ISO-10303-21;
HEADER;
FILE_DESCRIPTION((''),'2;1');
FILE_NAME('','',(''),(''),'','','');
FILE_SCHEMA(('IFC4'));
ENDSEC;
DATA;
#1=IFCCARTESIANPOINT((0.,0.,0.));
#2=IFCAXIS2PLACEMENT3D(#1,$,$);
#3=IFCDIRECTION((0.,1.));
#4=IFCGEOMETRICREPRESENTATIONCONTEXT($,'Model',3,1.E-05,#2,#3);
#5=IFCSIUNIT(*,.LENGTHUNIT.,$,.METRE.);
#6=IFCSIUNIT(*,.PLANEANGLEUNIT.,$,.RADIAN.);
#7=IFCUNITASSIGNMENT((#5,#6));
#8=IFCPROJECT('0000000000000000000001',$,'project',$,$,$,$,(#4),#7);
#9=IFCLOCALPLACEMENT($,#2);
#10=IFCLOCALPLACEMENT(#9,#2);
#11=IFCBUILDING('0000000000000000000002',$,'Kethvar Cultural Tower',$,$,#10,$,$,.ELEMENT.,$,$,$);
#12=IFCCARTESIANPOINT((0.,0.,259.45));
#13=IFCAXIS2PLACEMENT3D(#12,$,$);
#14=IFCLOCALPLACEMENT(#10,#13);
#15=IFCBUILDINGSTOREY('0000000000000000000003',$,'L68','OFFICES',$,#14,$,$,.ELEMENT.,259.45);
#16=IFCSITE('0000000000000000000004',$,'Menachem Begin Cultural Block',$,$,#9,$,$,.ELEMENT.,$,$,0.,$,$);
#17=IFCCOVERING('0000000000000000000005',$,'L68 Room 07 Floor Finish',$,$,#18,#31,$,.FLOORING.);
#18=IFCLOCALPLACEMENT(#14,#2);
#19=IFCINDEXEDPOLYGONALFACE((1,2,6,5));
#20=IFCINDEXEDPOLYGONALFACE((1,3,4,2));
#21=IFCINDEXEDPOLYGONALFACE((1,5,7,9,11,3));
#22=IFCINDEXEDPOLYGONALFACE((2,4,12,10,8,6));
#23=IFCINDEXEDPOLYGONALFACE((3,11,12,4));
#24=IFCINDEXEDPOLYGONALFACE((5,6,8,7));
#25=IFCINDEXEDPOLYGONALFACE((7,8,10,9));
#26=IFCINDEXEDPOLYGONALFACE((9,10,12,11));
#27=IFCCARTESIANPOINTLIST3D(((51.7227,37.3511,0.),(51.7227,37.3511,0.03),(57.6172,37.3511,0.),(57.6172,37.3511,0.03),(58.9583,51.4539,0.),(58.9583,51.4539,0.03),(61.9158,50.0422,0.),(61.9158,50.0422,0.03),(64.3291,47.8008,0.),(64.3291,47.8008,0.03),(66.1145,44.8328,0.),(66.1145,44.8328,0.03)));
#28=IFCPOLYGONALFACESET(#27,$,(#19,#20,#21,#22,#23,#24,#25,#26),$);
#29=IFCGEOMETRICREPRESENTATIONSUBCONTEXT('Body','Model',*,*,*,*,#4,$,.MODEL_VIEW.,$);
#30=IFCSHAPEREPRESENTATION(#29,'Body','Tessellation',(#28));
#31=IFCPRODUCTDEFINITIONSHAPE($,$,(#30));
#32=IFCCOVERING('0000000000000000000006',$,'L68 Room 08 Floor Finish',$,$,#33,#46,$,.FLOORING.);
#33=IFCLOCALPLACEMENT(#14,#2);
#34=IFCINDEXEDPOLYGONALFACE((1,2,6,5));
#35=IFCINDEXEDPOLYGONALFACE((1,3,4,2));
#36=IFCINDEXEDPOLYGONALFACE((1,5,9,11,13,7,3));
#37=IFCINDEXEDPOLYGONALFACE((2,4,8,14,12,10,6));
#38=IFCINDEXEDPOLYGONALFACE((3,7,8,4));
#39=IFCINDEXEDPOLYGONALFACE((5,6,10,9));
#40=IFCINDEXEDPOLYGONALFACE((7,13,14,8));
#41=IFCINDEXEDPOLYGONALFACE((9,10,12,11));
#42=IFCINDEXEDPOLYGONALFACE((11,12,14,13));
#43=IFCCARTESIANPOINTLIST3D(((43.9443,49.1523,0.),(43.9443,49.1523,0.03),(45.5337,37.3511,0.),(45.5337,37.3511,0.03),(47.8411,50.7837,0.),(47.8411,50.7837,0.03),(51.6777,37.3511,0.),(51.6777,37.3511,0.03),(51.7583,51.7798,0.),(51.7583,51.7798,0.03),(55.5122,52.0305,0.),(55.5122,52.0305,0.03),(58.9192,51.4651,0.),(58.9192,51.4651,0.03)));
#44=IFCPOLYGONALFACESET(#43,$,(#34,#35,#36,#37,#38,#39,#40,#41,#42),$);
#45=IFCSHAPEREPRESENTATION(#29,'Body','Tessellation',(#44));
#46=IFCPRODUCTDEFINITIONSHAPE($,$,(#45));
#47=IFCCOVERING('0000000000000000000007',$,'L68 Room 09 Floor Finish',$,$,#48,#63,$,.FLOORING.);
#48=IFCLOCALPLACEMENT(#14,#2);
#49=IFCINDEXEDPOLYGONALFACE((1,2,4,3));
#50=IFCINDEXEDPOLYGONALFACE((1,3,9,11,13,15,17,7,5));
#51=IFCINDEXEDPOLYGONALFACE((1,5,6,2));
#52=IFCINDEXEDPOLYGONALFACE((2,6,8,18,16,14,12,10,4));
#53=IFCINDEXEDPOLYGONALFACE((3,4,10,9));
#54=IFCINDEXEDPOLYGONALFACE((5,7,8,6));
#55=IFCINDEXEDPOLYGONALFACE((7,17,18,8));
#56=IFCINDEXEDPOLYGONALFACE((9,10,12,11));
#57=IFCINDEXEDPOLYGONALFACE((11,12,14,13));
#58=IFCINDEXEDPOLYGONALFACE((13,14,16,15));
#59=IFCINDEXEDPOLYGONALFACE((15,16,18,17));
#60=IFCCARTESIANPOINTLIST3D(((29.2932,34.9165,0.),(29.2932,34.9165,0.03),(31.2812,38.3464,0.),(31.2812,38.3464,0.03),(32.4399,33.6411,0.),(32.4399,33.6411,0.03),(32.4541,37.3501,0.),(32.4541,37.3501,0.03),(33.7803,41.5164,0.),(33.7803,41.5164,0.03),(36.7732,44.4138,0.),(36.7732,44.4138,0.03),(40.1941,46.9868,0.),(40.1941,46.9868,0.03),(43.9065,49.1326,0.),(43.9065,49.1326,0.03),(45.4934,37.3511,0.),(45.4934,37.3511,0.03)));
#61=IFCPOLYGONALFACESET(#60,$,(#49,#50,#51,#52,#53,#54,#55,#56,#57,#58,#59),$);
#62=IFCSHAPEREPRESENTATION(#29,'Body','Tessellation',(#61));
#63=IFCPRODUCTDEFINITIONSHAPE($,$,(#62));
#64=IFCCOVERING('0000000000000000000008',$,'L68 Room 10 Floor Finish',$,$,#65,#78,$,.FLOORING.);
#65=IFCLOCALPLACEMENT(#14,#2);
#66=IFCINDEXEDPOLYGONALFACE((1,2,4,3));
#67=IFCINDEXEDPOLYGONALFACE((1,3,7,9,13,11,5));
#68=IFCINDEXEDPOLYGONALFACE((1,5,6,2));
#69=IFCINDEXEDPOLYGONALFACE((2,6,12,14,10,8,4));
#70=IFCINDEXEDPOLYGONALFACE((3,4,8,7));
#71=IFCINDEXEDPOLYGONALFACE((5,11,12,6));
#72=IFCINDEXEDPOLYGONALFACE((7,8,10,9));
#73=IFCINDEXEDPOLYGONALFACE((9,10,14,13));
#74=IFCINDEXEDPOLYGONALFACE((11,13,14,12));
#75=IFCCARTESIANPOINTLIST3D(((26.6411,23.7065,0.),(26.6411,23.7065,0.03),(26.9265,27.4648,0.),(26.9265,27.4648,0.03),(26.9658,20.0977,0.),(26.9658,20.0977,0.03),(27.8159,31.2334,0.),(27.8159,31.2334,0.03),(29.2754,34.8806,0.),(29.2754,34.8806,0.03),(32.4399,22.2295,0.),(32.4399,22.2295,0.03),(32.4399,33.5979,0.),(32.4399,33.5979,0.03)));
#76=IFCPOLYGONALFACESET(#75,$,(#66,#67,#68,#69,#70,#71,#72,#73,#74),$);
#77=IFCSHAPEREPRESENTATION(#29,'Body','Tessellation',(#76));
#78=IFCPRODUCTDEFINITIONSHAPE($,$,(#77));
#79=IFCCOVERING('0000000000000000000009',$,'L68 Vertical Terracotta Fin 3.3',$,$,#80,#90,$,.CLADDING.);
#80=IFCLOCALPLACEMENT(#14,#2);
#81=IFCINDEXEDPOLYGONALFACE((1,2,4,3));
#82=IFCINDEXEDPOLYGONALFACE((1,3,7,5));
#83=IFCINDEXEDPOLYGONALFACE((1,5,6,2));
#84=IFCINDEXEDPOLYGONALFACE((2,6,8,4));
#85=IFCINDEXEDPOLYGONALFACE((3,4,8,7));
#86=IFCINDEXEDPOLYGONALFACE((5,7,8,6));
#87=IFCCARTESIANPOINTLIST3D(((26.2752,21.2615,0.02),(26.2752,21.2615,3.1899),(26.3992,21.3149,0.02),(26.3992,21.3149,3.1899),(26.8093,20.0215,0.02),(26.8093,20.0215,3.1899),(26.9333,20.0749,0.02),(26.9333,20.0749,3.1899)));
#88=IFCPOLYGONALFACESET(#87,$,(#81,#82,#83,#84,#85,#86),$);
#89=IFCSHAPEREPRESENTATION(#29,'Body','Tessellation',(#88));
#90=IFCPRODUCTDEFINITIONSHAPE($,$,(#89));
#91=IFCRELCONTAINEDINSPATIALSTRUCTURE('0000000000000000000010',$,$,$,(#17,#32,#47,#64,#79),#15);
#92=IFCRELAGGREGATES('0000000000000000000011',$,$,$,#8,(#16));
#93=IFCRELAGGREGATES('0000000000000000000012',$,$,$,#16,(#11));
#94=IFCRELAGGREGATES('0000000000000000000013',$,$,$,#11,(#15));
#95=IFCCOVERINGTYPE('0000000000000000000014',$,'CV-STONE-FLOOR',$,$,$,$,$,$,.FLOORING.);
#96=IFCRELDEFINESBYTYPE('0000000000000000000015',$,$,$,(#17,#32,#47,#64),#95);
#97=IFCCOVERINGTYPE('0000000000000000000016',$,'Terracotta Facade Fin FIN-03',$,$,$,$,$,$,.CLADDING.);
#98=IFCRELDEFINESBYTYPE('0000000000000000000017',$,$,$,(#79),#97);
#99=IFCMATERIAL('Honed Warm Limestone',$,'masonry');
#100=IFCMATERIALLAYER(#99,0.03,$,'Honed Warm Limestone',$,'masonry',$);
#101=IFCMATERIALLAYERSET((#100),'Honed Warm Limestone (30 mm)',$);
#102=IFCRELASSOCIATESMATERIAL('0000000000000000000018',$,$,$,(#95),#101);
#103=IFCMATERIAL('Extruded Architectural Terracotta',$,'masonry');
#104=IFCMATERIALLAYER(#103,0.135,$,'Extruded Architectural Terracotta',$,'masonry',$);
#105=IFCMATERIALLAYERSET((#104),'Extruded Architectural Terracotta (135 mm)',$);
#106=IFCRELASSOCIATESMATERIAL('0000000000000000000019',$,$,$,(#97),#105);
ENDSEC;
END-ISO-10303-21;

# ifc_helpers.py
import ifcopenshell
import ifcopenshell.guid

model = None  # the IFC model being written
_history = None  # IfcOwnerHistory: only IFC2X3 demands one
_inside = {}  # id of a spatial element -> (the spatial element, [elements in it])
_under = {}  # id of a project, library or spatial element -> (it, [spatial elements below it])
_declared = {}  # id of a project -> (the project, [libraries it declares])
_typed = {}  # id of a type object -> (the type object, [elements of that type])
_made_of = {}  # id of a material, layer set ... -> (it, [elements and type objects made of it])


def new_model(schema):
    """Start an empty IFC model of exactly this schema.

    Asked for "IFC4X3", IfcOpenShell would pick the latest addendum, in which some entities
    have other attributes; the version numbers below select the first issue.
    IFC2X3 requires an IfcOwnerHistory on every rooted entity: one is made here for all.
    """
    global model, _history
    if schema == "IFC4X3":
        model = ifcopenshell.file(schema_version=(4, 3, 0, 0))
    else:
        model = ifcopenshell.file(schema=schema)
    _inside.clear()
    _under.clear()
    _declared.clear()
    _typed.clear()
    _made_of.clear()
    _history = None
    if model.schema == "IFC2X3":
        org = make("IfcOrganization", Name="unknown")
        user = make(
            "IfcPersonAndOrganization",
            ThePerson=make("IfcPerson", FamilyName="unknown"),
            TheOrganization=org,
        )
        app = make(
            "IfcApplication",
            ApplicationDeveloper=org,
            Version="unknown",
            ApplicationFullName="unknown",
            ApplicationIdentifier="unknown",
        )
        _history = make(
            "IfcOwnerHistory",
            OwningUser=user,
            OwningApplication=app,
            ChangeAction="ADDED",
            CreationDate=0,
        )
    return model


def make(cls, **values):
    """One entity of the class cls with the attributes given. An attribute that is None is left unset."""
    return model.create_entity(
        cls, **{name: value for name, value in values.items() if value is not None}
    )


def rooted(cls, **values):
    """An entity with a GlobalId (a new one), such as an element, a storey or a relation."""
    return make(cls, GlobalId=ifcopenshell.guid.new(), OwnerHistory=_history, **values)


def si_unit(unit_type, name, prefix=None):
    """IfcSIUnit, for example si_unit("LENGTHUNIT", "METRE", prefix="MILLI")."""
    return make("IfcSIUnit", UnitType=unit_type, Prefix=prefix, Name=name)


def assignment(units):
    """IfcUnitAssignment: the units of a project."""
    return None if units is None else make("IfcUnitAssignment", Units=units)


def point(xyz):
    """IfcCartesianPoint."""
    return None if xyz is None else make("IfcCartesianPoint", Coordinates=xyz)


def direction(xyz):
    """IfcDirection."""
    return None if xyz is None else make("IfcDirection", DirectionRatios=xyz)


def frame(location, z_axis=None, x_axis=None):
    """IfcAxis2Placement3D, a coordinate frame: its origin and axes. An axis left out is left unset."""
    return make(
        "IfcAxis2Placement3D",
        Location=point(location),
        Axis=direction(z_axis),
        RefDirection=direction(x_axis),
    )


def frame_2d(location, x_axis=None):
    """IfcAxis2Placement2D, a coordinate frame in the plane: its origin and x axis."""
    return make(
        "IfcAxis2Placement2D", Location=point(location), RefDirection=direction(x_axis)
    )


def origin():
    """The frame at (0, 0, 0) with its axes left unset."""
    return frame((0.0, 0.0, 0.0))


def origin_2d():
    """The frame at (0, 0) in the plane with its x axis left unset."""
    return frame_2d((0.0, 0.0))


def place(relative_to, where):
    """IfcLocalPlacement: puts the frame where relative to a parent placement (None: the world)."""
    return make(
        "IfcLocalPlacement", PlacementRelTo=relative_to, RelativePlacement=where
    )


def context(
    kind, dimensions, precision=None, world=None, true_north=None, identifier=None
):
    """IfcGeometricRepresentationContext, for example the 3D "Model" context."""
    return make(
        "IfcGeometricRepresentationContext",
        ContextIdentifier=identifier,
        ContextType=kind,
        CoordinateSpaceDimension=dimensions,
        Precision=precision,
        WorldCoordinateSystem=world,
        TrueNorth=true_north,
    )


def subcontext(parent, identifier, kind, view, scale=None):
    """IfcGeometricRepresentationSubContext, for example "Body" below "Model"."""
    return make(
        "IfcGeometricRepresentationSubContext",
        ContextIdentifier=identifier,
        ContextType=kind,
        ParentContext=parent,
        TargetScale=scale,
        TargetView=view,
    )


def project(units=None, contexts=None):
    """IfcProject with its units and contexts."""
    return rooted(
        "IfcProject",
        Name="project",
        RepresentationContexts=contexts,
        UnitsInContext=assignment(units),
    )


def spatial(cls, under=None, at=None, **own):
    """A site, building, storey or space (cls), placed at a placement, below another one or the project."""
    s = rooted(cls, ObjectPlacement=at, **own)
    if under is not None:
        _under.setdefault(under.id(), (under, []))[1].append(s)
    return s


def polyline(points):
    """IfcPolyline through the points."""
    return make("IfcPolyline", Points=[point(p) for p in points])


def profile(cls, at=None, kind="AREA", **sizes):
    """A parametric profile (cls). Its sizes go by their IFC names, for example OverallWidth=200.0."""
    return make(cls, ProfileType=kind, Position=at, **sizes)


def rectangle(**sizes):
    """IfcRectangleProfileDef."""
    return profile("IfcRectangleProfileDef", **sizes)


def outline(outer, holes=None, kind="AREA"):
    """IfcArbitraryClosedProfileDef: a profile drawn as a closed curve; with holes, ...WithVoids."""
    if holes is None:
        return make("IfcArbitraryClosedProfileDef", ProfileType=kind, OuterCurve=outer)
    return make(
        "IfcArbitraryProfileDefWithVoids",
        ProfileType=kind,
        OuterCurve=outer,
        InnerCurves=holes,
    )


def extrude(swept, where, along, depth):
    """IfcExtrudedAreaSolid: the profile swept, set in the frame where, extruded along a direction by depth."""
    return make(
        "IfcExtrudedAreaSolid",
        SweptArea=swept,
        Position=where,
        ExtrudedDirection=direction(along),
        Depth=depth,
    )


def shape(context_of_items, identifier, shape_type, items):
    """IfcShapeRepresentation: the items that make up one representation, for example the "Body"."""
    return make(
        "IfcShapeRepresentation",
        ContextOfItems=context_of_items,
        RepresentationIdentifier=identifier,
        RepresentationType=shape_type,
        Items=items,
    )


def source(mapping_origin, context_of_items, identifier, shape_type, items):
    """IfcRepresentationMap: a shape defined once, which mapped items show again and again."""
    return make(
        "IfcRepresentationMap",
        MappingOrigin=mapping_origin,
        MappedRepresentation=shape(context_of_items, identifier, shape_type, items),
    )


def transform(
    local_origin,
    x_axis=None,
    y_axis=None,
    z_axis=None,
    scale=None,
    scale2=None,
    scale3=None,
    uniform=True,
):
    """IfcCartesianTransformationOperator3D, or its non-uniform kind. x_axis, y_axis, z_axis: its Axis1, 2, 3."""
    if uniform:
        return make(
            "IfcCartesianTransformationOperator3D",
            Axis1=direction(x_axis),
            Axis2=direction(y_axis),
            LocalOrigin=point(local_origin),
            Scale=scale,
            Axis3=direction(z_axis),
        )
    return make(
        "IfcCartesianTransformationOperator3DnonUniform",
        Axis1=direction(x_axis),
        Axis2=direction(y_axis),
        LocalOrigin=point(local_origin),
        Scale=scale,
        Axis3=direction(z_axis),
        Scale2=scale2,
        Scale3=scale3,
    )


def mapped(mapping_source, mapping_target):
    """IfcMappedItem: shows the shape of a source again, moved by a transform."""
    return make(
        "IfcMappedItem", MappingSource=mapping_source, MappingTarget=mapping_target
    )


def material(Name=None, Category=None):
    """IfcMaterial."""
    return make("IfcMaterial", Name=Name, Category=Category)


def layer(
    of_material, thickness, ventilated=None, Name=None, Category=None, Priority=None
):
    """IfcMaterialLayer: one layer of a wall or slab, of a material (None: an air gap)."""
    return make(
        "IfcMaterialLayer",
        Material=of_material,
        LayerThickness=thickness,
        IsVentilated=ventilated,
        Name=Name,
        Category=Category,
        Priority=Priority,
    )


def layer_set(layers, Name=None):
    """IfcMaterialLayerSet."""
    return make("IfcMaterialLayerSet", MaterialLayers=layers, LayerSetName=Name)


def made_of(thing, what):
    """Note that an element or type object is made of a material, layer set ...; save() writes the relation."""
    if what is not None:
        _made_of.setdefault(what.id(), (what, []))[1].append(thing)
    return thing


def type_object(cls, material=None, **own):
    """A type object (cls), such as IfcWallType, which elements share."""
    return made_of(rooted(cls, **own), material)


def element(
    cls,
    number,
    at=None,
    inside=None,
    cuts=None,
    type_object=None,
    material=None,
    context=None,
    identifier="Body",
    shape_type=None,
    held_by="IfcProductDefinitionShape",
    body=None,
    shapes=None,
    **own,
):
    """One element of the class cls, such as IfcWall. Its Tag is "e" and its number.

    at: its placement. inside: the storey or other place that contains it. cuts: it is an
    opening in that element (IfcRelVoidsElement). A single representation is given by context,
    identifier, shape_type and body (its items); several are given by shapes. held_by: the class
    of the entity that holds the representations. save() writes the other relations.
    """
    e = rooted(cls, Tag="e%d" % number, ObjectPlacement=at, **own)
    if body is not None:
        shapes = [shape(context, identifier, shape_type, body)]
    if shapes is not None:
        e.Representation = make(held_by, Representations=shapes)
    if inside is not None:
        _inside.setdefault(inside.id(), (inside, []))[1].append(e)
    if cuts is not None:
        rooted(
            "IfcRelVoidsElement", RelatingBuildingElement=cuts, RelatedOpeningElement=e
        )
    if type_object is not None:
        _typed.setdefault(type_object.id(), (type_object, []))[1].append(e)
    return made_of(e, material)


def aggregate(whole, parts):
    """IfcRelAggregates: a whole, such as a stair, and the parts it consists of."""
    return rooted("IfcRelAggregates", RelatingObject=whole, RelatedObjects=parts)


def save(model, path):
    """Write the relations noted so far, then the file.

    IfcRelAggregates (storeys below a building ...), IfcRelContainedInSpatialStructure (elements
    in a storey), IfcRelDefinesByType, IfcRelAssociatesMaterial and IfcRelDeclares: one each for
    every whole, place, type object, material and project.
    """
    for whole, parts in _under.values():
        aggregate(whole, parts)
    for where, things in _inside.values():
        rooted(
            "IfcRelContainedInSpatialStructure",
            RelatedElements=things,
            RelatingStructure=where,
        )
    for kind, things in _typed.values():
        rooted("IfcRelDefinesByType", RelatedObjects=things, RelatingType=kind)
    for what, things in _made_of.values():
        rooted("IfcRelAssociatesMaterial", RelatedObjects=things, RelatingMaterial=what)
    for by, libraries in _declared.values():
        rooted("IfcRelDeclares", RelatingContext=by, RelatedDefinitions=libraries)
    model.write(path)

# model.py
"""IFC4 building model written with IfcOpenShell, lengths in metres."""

from ifc_helpers import new_model, si_unit, direction, frame, origin, origin_2d, place, context, subcontext, project, spatial, polyline, rectangle, outline, extrude, source, transform, mapped, material, layer, layer_set, type_object, element, save


model = new_model("IFC4")

# Units and contexts
model_context = context("Model", 3, precision=1e-05, world=origin(), true_north=direction((0.0, 1.0)))
body_context = subcontext(model_context, "Body", "Model", "MODEL_VIEW")
ifc_project = project(units=[si_unit("LENGTHUNIT", "METRE"), si_unit("PLANEANGLEUNIT", "RADIAN")], contexts=[model_context])

# Site, building, storey
site_placement = place(None, origin())
site = spatial("IfcSite", under=ifc_project, at=site_placement, Name="Menachem Begin Cultural Block", CompositionType="ELEMENT", RefElevation=0.0)
building_placement = place(site_placement, origin())
building = spatial("IfcBuilding", under=site, at=building_placement, Name="Kethvar Cultural Tower", CompositionType="ELEMENT")
storey_placement = place(building_placement, frame((0.0, 0.0, 259.45)))
storey = spatial("IfcBuildingStorey", under=building, at=storey_placement, Name="L68", Description="OFFICES", CompositionType="ELEMENT", Elevation=259.45)

# Coverings
ifc_material_1 = material(Name="Honed Warm Limestone", Category="masonry")
ifc_layer_1 = layer(ifc_material_1, 0.03, Name="Honed Warm Limestone", Category="masonry")
ifc_layer_set_1 = layer_set([ifc_layer_1], Name="Honed Warm Limestone (30 mm)")
covering_type_1 = type_object("IfcCoveringType", Name="CV-STONE-FLOOR", PredefinedType="FLOORING", material=ifc_layer_set_1)
covering_1_placement = place(storey_placement, origin())
element("IfcCovering", 1, at=covering_1_placement, inside=storey, type_object=covering_type_1, Name="L68 Room 07 Floor Finish", PredefinedType="FLOORING", context=body_context, shape_type="SweptSolid", body=[
    extrude(outline(polyline([(66.1145, 44.8328), (57.6172, 37.3511), (51.7227, 37.3511), (58.9583, 51.4539), (61.9158, 50.0422), (64.3291, 47.8008), (66.1145, 44.8328)])), origin(), (0.0, 0.0, 1.0), 0.03),
])
covering_2_placement = place(storey_placement, origin())
element("IfcCovering", 2, at=covering_2_placement, inside=storey, type_object=covering_type_1, Name="L68 Room 08 Floor Finish", PredefinedType="FLOORING", context=body_context, shape_type="SweptSolid", body=[
    extrude(outline(polyline([(47.8411, 50.7837), (51.7583, 51.7798), (55.5122, 52.0305), (58.9192, 51.4651), (51.6777, 37.3511), (45.5337, 37.3511), (43.9443, 49.1523), (47.8411, 50.7837)])), origin(), (0.0, 0.0, 1.0), 0.03),
])
covering_3_placement = place(storey_placement, origin())
element("IfcCovering", 3, at=covering_3_placement, inside=storey, type_object=covering_type_1, Name="L68 Room 09 Floor Finish", PredefinedType="FLOORING", context=body_context, shape_type="SweptSolid", body=[
    extrude(outline(polyline([(31.2812, 38.3464), (33.7803, 41.5164), (36.7732, 44.4138), (40.1941, 46.9868), (43.9065, 49.1326), (45.4934, 37.3511), (32.4541, 37.3501), (32.4399, 33.6411), (29.2932, 34.9165), (31.2812, 38.3464)])), origin(), (0.0, 0.0, 1.0), 0.03),
])
covering_4_placement = place(storey_placement, origin())
element("IfcCovering", 4, at=covering_4_placement, inside=storey, type_object=covering_type_1, Name="L68 Room 10 Floor Finish", PredefinedType="FLOORING", context=body_context, shape_type="SweptSolid", body=[
    extrude(outline(polyline([(26.6411, 23.7065), (26.9265, 27.4648), (27.8159, 31.2334), (29.2754, 34.8806), (32.4399, 33.5979), (32.4399, 22.2295), (26.9658, 20.0977), (26.6411, 23.7065)])), origin(), (0.0, 0.0, 1.0), 0.03),
])
ifc_material_2 = material(Name="Extruded Architectural Terracotta", Category="masonry")
ifc_layer_2 = layer(ifc_material_2, 0.135, Name="Extruded Architectural Terracotta", Category="masonry")
ifc_layer_set_2 = layer_set([ifc_layer_2], Name="Extruded Architectural Terracotta (135 mm)")
covering_type_2 = type_object("IfcCoveringType", Name="Terracotta Facade Fin FIN-03", PredefinedType="CLADDING", material=ifc_layer_set_2)
shared_shape = source(origin(), body_context, "Body", "SweptSolid", [
    extrude(rectangle(XDim=1.3501, YDim=0.135, at=origin_2d()), origin(), (0.0, 0.0, 1.0), 3.1699),
])
covering_5_placement = place(storey_placement, frame((26.6042, 20.6682, 0.02), z_axis=(0.0, 0.0, 1.0), x_axis=(-0.395546, 0.918446, 0.0)))
element("IfcCovering", 5, at=covering_5_placement, inside=storey, type_object=covering_type_2, Name="L68 Vertical Terracotta Fin 3.3", PredefinedType="CLADDING", context=body_context, shape_type="MappedRepresentation", body=[
    mapped(shared_shape, transform((0.0, 0.0, 0.0), scale=1.0)),
])

save(model, "model.ifc")
